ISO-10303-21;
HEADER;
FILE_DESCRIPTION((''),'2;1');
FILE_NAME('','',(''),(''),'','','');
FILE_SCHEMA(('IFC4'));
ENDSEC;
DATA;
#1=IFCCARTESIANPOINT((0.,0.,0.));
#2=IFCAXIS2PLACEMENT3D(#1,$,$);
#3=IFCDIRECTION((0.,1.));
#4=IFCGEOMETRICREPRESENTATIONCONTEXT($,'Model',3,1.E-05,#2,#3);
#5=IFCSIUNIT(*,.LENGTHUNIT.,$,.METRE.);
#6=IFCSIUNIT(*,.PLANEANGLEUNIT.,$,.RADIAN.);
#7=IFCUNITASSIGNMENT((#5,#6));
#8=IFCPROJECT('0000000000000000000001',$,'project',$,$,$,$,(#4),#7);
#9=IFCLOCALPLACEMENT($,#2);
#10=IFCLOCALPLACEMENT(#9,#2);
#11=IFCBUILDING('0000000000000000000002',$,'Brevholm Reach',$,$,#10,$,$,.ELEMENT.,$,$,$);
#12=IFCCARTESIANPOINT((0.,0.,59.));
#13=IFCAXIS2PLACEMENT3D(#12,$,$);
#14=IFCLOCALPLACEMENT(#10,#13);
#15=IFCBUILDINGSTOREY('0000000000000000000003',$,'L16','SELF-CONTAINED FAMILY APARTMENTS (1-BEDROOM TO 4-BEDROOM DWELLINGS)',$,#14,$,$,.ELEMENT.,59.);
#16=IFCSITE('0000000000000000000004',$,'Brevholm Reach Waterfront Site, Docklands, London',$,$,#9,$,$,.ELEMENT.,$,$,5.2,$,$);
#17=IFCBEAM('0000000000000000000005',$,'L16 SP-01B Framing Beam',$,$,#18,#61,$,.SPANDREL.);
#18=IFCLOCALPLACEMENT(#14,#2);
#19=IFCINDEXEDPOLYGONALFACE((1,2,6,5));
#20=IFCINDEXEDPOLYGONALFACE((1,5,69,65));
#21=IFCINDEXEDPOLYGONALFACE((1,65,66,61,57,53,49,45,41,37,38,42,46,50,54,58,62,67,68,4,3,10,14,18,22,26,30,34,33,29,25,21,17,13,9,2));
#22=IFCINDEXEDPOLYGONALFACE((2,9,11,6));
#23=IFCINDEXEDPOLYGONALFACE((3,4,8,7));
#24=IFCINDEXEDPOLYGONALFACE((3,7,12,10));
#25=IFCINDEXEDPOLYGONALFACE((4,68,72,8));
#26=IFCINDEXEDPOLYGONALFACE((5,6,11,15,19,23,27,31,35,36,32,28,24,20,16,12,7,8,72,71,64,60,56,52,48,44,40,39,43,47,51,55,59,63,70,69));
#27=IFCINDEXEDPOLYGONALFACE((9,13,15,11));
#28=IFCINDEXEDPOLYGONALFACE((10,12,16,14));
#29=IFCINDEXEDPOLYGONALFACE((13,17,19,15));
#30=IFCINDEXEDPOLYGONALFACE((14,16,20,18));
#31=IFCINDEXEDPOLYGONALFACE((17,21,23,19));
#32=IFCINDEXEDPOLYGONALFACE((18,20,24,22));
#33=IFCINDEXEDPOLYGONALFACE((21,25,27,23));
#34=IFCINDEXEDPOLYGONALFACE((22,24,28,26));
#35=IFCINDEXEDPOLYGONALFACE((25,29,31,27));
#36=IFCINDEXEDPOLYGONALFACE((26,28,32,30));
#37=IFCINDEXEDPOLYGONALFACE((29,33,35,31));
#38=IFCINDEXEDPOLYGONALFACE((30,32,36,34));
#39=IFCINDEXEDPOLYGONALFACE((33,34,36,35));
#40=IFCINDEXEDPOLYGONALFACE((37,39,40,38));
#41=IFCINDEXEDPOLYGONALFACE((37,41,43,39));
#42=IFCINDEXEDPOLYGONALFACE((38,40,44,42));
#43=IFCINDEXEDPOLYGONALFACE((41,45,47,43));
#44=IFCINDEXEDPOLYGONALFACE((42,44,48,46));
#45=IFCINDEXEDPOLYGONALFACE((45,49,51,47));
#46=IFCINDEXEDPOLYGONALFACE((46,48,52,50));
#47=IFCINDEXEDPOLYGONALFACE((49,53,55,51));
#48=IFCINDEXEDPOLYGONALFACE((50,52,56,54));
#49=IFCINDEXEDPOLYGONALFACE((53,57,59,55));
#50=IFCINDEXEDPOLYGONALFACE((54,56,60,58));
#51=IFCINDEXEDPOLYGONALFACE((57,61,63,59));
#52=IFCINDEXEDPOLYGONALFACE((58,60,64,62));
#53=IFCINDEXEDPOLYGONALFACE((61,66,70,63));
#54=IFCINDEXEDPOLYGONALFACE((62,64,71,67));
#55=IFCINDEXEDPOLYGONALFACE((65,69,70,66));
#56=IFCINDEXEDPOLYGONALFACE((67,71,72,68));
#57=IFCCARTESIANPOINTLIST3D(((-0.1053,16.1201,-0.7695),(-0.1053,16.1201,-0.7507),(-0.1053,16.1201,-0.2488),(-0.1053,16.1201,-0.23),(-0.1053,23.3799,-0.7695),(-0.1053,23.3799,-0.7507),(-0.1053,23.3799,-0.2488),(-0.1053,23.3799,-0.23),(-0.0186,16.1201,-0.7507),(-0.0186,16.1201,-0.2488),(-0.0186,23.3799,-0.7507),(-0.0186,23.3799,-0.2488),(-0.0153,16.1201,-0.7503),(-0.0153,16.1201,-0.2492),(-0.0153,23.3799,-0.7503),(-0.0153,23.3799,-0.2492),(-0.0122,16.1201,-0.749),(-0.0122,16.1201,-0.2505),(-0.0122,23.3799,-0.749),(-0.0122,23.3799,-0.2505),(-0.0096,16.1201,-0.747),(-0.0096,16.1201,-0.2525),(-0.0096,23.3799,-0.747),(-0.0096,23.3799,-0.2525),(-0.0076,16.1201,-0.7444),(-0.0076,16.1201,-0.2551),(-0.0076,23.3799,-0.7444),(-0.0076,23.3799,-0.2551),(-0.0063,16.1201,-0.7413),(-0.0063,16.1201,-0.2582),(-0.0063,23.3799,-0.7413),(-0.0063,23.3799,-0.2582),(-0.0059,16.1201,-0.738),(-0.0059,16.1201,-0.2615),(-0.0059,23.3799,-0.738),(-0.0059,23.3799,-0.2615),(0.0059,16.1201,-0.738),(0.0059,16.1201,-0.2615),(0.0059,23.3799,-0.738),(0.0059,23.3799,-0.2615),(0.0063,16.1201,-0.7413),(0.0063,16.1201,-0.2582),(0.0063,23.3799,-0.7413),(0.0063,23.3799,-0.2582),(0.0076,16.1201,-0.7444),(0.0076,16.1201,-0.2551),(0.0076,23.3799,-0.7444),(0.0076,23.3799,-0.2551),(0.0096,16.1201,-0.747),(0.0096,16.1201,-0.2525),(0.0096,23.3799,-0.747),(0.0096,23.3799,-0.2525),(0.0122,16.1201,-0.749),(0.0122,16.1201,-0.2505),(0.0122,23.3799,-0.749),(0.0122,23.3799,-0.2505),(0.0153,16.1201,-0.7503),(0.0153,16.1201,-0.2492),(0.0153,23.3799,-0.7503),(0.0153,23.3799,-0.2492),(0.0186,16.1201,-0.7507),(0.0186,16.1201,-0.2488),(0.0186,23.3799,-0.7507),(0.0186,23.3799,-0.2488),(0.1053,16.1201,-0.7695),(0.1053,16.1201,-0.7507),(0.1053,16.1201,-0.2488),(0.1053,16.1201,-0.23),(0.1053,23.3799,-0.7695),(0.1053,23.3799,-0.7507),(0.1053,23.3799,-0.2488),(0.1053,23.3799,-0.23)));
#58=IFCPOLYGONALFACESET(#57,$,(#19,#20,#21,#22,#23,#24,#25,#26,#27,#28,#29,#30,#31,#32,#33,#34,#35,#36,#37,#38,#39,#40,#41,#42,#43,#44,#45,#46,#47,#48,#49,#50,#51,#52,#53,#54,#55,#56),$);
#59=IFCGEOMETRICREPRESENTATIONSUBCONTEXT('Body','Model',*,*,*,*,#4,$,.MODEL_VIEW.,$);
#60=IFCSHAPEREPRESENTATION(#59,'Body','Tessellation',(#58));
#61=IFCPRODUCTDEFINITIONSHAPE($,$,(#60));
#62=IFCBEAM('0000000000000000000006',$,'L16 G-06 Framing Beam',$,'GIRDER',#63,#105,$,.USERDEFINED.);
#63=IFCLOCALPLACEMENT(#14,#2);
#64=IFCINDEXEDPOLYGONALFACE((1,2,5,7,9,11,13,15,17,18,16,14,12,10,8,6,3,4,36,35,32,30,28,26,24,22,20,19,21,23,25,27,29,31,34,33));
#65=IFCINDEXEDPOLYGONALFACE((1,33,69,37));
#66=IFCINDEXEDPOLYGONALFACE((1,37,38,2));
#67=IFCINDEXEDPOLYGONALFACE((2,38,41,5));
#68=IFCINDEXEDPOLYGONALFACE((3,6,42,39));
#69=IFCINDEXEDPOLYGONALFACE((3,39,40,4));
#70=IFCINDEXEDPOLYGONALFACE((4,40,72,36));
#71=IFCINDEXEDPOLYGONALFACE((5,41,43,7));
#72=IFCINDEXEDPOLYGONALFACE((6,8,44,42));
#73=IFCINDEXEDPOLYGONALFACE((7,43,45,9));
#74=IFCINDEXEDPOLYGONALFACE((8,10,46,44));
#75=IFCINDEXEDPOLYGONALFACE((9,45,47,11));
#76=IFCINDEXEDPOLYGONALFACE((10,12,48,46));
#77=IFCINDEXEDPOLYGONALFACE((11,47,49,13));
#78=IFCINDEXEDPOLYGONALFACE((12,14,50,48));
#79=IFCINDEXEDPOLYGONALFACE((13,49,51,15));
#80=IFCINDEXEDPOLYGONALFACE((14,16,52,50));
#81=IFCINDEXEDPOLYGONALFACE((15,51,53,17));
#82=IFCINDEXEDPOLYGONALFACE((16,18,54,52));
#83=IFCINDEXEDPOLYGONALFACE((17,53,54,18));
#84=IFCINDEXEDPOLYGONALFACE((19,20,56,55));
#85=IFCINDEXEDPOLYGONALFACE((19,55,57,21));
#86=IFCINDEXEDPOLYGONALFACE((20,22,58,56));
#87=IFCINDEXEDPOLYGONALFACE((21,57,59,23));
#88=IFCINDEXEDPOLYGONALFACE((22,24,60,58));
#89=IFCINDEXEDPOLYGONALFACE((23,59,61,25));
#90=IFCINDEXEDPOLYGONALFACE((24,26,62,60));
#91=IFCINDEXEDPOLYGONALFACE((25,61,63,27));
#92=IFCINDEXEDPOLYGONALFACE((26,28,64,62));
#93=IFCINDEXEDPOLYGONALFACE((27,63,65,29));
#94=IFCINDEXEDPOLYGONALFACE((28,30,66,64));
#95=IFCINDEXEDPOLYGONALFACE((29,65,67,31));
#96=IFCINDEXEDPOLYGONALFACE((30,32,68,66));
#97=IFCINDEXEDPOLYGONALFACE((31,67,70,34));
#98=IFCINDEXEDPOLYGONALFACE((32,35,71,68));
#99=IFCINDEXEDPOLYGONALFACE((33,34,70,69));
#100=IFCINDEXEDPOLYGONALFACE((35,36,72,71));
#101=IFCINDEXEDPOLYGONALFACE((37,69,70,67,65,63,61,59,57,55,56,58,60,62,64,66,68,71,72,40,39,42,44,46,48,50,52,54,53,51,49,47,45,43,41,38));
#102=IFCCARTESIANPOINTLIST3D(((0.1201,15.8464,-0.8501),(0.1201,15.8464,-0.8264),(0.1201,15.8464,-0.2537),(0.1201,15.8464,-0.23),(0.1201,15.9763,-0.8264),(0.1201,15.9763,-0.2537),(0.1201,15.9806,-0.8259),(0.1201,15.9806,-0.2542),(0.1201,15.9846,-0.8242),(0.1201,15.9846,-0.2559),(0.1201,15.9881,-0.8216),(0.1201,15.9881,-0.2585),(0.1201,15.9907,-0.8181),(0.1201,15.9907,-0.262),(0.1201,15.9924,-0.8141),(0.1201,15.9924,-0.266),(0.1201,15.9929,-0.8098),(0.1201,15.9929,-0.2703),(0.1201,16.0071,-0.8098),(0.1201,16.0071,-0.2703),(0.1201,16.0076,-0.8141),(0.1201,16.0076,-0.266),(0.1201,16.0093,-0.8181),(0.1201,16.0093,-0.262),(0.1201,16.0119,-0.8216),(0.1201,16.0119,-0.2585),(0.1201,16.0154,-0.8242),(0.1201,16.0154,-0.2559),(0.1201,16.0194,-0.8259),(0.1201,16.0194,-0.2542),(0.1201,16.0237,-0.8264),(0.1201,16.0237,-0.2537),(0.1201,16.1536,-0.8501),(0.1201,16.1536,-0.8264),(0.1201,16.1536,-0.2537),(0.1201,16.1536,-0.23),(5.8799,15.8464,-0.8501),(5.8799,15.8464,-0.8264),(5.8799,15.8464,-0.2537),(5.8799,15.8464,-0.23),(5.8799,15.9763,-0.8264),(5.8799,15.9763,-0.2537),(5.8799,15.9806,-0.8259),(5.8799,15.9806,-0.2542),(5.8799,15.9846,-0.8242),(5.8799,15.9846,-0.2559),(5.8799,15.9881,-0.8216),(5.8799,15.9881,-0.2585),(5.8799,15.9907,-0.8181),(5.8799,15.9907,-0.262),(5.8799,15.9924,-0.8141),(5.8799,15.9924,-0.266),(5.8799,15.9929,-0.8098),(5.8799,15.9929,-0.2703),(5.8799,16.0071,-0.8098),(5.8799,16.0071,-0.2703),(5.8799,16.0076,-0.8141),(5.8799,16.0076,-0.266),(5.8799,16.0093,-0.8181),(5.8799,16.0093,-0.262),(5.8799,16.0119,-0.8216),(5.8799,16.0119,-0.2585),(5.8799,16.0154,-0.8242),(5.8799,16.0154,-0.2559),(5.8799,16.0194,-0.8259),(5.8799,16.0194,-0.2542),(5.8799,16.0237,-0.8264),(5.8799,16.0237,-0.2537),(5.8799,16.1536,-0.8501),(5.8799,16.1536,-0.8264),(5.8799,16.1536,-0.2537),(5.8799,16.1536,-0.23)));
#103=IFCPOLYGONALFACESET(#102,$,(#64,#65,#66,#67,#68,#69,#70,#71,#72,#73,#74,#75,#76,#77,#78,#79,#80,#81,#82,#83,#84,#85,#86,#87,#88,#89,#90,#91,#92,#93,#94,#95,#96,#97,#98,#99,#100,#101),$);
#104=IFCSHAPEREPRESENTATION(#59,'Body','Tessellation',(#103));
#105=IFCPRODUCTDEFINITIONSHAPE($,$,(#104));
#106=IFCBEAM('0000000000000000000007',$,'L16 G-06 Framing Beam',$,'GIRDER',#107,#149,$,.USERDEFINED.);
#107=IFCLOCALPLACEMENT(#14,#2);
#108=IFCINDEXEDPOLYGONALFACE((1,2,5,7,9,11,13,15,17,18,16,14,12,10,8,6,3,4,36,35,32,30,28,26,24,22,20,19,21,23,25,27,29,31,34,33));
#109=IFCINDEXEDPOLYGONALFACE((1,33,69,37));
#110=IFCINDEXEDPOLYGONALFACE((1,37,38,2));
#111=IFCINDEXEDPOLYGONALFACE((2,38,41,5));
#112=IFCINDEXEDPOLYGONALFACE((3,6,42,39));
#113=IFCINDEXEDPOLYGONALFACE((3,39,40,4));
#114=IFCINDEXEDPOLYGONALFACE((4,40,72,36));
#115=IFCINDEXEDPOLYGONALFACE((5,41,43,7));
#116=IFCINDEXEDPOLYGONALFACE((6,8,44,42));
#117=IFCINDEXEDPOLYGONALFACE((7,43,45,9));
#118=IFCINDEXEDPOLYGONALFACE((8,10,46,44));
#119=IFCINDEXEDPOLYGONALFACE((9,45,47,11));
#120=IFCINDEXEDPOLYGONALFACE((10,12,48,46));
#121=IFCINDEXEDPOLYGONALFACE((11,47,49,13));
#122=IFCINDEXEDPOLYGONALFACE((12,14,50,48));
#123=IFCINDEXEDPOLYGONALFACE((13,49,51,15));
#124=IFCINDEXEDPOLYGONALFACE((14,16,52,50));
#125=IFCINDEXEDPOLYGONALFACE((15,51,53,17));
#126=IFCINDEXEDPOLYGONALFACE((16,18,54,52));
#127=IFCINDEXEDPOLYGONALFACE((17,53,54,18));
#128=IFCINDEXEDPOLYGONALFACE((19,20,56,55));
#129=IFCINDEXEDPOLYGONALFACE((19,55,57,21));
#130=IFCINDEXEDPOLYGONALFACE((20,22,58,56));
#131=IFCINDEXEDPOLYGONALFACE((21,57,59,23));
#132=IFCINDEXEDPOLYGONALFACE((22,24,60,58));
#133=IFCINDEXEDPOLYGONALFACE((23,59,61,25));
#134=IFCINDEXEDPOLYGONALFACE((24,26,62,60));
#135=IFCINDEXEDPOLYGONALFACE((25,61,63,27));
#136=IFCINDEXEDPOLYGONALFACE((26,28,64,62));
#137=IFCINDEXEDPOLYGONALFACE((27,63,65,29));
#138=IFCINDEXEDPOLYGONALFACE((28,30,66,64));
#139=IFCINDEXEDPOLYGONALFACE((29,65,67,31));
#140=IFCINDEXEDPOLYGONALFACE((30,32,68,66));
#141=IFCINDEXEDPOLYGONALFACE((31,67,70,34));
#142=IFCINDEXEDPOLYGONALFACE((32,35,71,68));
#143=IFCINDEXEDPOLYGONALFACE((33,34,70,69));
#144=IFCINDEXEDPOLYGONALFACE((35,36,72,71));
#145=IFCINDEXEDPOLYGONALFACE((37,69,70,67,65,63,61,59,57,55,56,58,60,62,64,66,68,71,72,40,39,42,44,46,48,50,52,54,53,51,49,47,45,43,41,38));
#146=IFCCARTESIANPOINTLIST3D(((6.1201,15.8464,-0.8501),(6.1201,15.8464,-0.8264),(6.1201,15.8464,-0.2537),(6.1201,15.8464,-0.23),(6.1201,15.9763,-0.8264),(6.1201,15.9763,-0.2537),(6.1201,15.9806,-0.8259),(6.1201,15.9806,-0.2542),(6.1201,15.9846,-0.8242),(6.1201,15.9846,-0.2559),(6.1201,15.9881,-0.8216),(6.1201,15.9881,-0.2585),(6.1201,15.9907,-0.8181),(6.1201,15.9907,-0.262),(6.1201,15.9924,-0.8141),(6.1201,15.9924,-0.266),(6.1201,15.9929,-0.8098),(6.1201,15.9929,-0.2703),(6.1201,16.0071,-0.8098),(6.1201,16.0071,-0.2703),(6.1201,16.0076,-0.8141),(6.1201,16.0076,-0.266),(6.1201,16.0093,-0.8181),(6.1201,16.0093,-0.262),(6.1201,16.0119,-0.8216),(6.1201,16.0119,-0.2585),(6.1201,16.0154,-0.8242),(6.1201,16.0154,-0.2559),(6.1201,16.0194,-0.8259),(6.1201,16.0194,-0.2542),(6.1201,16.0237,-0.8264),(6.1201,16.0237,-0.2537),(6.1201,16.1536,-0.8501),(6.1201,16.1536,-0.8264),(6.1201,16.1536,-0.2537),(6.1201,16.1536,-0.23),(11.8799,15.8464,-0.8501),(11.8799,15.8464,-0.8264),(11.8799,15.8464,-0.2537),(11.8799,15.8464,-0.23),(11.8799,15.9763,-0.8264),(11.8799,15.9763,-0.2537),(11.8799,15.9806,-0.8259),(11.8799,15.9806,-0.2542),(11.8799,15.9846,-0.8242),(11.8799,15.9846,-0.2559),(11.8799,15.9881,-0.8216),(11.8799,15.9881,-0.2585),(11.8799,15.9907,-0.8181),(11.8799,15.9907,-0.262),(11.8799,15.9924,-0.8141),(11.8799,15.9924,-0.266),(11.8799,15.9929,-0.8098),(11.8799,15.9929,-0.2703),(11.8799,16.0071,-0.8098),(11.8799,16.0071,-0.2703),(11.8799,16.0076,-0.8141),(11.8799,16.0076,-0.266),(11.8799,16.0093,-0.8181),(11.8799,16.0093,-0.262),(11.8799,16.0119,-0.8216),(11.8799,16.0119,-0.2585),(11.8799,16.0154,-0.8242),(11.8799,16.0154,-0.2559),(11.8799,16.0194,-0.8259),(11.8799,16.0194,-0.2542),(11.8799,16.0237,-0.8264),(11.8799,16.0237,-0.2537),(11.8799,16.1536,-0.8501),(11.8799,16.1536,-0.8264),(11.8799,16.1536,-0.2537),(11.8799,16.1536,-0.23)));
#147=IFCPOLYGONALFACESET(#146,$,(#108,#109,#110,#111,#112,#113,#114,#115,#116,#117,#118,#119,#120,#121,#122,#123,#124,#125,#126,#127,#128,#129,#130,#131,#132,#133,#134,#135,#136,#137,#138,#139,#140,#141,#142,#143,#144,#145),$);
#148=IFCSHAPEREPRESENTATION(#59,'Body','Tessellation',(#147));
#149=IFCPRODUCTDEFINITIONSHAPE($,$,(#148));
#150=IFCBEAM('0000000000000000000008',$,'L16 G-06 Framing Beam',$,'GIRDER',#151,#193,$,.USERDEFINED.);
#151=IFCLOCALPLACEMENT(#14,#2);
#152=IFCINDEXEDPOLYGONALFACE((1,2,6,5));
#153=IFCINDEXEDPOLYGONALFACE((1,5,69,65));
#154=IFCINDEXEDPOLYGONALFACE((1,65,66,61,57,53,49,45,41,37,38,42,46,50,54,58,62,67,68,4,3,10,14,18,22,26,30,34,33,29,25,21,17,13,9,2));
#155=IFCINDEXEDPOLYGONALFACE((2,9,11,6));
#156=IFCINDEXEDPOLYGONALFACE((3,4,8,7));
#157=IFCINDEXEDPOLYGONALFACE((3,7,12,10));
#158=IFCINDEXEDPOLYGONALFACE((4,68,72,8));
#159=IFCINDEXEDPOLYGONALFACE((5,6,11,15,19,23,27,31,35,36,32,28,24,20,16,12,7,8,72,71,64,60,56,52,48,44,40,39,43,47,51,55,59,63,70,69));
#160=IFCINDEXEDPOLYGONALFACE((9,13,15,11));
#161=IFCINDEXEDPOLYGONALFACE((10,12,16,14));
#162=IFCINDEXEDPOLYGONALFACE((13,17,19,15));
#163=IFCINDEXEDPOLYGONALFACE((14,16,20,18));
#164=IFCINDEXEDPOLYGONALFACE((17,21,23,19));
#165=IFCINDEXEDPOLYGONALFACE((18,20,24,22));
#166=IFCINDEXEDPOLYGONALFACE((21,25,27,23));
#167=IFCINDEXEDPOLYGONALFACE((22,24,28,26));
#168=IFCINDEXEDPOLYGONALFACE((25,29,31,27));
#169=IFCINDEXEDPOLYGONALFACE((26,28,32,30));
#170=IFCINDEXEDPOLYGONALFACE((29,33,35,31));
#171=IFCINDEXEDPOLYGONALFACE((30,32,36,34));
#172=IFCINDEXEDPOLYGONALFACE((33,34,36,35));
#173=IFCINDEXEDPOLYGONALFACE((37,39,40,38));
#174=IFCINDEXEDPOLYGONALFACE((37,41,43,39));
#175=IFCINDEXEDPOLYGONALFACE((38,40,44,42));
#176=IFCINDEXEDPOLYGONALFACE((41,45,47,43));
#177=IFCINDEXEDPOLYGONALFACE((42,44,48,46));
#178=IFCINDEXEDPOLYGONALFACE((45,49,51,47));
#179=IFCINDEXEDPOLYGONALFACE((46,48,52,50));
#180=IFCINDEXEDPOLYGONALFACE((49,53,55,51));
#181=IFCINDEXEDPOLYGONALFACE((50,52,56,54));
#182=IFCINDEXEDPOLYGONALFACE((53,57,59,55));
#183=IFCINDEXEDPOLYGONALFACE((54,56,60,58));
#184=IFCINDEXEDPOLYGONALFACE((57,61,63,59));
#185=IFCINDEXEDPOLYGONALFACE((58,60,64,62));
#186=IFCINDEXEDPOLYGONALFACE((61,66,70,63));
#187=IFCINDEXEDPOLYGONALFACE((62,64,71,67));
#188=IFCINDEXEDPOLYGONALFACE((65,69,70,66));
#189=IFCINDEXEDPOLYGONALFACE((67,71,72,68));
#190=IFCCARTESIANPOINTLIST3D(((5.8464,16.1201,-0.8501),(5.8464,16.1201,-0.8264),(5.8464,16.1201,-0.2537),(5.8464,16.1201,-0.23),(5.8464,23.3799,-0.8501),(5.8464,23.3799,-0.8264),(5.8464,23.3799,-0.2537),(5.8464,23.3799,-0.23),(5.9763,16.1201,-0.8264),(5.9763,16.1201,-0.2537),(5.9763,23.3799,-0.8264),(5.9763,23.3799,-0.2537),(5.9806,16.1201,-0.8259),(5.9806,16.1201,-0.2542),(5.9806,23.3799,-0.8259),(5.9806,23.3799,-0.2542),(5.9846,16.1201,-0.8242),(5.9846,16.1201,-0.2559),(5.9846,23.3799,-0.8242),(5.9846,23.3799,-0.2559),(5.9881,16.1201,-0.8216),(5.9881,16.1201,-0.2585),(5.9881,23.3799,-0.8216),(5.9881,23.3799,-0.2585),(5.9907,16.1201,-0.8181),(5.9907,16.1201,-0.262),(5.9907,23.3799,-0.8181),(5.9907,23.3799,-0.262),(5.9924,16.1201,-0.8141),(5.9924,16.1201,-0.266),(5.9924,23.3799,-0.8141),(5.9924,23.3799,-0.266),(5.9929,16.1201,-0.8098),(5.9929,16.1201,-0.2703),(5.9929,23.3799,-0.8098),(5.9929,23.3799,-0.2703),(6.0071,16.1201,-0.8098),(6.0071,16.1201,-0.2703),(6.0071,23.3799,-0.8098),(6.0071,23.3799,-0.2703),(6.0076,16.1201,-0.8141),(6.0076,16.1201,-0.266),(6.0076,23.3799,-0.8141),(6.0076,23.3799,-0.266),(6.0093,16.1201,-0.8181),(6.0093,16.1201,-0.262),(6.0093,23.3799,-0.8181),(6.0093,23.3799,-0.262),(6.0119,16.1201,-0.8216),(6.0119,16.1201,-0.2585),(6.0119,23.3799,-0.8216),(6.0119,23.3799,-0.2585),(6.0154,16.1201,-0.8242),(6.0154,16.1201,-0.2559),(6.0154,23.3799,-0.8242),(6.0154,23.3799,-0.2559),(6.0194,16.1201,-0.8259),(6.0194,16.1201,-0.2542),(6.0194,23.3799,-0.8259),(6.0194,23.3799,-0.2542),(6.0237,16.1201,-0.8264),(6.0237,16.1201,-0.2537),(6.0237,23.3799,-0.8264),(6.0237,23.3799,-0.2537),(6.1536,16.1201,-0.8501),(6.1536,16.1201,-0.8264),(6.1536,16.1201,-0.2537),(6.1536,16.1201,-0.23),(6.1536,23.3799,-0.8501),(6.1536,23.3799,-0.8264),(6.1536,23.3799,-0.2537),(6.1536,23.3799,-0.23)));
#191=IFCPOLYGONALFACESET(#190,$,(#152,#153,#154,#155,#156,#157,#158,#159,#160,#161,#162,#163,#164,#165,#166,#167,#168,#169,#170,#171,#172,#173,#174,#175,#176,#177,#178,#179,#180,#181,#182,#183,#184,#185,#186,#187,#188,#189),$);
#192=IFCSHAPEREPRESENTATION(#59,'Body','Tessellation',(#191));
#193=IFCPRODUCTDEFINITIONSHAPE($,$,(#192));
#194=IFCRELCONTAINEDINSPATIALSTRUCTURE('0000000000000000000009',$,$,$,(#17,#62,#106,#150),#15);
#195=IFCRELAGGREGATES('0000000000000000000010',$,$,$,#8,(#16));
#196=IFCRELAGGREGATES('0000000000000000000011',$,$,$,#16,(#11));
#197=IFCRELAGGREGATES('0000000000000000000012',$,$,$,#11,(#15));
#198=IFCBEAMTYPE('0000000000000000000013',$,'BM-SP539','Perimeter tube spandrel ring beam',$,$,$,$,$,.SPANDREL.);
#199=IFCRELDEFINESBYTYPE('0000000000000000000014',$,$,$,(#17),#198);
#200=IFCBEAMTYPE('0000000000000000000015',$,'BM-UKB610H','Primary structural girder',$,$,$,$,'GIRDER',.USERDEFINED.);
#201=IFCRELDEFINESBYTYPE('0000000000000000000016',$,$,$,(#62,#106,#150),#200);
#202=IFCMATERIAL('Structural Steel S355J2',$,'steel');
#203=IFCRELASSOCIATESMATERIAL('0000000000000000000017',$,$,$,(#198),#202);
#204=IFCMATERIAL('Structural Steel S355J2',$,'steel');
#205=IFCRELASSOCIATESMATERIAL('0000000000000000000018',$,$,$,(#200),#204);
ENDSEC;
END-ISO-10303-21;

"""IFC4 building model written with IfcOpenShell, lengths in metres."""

from ifc_helpers import new_model, si_unit, direction, frame, origin, origin_2d, place, context, subcontext, project, spatial, i_section, extrude, material, material_profile, profile_set, type_object, element, save


model = new_model("IFC4")

# Units and contexts
model_context = context("Model", 3, precision=1e-05, world=origin(), true_north=direction((0.0, 1.0)))
body_context = subcontext(model_context, "Body", "Model", "MODEL_VIEW")
ifc_project = project(units=[si_unit("LENGTHUNIT", "METRE"), si_unit("PLANEANGLEUNIT", "RADIAN")], contexts=[model_context])

# Site, building, storey
site_placement = place(None, origin())
site = spatial("IfcSite", under=ifc_project, at=site_placement, Name="Brevholm Reach Waterfront Site, Docklands, London", CompositionType="ELEMENT", RefElevation=5.2)
building_placement = place(site_placement, origin())
building = spatial("IfcBuilding", under=site, at=building_placement, Name="Brevholm Reach", CompositionType="ELEMENT")
storey_placement = place(building_placement, frame((0.0, 0.0, 59.0)))
storey = spatial("IfcBuildingStorey", under=building, at=storey_placement, Name="L16", Description="SELF-CONTAINED FAMILY APARTMENTS (1-BEDROOM TO 4-BEDROOM DWELLINGS)", CompositionType="ELEMENT", Elevation=59.0)

# Beams
ifc_material_1 = material(Name="Structural Steel S355J2", Category="steel")
ifc_material_profile_1 = material_profile(ifc_material_1, i_section(OverallWidth=0.2107, OverallDepth=0.5396, WebThickness=0.0117, FlangeThickness=0.0188, FilletRadius=0.0127, at=origin_2d()), Name="UKB 533x210x109")
ifc_profile_set_1 = profile_set([ifc_material_profile_1], Name="Structural Steel S355J2")
beam_type_1 = type_object("IfcBeamType", Name="BM-SP539", Description="Perimeter tube spandrel ring beam", PredefinedType="SPANDREL", material=ifc_profile_set_1)
beam_1_placement = place(storey_placement, frame((0.0, 16.1201, -0.4998), z_axis=(0.0, 1.0, 0.0), x_axis=(-1.0, 0.0, 0.0)))
element("IfcBeam", 1, at=beam_1_placement, inside=storey, type_object=beam_type_1, Name="L16 SP-01B Framing Beam", PredefinedType="SPANDREL", context=body_context, shape_type="SweptSolid", body=[
    extrude(i_section(OverallWidth=0.2107, OverallDepth=0.5396, WebThickness=0.0117, FlangeThickness=0.0188, FilletRadius=0.0127, at=origin_2d()), origin(), (0.0, 0.0, 1.0), 7.2598),
])
ifc_material_2 = material(Name="Structural Steel S355J2", Category="steel")
ifc_material_profile_2 = material_profile(ifc_material_2, i_section(OverallWidth=0.3071, OverallDepth=0.6201, WebThickness=0.0142, FlangeThickness=0.0237, FilletRadius=0.0166, at=origin_2d()), Name="UKB 610x305x179")
ifc_profile_set_2 = profile_set([ifc_material_profile_2], Name="Structural Steel S355J2")
beam_type_2 = type_object("IfcBeamType", Name="BM-UKB610H", Description="Primary structural girder", ElementType="GIRDER", PredefinedType="USERDEFINED", material=ifc_profile_set_2)
for number, where, z_axis, x_axis, name in (
    (2, (0.1201, 16.0, -0.54), (1.0, 0.0, 0.0), (0.0, 1.0, 0.0), "L16 G-06 Framing Beam"),
    (3, (6.1201, 16.0, -0.54), (1.0, 0.0, 0.0), (0.0, 1.0, 0.0), "L16 G-06 Framing Beam"),
):
    element("IfcBeam", number, at=place(storey_placement, frame(where, z_axis=z_axis, x_axis=x_axis)), inside=storey, type_object=beam_type_2, Name=name, ObjectType="GIRDER", PredefinedType="USERDEFINED", context=body_context, shape_type="SweptSolid", body=[
        extrude(i_section(OverallWidth=0.3071, OverallDepth=0.6201, WebThickness=0.0142, FlangeThickness=0.0237, FilletRadius=0.0166, at=origin_2d()), origin(), (0.0, 0.0, 1.0), 5.7598),
    ])
beam_2_placement = place(storey_placement, frame((6.0, 16.1201, -0.54), z_axis=(0.0, 1.0, 0.0), x_axis=(-1.0, 0.0, 0.0)))
element("IfcBeam", 4, at=beam_2_placement, inside=storey, type_object=beam_type_2, Name="L16 G-06 Framing Beam", ObjectType="GIRDER", PredefinedType="USERDEFINED", context=body_context, shape_type="SweptSolid", body=[
    extrude(i_section(OverallWidth=0.3071, OverallDepth=0.6201, WebThickness=0.0142, FlangeThickness=0.0237, FilletRadius=0.0166, at=origin_2d()), origin(), (0.0, 0.0, 1.0), 7.2598),
])

save(model, "model.ifc")
